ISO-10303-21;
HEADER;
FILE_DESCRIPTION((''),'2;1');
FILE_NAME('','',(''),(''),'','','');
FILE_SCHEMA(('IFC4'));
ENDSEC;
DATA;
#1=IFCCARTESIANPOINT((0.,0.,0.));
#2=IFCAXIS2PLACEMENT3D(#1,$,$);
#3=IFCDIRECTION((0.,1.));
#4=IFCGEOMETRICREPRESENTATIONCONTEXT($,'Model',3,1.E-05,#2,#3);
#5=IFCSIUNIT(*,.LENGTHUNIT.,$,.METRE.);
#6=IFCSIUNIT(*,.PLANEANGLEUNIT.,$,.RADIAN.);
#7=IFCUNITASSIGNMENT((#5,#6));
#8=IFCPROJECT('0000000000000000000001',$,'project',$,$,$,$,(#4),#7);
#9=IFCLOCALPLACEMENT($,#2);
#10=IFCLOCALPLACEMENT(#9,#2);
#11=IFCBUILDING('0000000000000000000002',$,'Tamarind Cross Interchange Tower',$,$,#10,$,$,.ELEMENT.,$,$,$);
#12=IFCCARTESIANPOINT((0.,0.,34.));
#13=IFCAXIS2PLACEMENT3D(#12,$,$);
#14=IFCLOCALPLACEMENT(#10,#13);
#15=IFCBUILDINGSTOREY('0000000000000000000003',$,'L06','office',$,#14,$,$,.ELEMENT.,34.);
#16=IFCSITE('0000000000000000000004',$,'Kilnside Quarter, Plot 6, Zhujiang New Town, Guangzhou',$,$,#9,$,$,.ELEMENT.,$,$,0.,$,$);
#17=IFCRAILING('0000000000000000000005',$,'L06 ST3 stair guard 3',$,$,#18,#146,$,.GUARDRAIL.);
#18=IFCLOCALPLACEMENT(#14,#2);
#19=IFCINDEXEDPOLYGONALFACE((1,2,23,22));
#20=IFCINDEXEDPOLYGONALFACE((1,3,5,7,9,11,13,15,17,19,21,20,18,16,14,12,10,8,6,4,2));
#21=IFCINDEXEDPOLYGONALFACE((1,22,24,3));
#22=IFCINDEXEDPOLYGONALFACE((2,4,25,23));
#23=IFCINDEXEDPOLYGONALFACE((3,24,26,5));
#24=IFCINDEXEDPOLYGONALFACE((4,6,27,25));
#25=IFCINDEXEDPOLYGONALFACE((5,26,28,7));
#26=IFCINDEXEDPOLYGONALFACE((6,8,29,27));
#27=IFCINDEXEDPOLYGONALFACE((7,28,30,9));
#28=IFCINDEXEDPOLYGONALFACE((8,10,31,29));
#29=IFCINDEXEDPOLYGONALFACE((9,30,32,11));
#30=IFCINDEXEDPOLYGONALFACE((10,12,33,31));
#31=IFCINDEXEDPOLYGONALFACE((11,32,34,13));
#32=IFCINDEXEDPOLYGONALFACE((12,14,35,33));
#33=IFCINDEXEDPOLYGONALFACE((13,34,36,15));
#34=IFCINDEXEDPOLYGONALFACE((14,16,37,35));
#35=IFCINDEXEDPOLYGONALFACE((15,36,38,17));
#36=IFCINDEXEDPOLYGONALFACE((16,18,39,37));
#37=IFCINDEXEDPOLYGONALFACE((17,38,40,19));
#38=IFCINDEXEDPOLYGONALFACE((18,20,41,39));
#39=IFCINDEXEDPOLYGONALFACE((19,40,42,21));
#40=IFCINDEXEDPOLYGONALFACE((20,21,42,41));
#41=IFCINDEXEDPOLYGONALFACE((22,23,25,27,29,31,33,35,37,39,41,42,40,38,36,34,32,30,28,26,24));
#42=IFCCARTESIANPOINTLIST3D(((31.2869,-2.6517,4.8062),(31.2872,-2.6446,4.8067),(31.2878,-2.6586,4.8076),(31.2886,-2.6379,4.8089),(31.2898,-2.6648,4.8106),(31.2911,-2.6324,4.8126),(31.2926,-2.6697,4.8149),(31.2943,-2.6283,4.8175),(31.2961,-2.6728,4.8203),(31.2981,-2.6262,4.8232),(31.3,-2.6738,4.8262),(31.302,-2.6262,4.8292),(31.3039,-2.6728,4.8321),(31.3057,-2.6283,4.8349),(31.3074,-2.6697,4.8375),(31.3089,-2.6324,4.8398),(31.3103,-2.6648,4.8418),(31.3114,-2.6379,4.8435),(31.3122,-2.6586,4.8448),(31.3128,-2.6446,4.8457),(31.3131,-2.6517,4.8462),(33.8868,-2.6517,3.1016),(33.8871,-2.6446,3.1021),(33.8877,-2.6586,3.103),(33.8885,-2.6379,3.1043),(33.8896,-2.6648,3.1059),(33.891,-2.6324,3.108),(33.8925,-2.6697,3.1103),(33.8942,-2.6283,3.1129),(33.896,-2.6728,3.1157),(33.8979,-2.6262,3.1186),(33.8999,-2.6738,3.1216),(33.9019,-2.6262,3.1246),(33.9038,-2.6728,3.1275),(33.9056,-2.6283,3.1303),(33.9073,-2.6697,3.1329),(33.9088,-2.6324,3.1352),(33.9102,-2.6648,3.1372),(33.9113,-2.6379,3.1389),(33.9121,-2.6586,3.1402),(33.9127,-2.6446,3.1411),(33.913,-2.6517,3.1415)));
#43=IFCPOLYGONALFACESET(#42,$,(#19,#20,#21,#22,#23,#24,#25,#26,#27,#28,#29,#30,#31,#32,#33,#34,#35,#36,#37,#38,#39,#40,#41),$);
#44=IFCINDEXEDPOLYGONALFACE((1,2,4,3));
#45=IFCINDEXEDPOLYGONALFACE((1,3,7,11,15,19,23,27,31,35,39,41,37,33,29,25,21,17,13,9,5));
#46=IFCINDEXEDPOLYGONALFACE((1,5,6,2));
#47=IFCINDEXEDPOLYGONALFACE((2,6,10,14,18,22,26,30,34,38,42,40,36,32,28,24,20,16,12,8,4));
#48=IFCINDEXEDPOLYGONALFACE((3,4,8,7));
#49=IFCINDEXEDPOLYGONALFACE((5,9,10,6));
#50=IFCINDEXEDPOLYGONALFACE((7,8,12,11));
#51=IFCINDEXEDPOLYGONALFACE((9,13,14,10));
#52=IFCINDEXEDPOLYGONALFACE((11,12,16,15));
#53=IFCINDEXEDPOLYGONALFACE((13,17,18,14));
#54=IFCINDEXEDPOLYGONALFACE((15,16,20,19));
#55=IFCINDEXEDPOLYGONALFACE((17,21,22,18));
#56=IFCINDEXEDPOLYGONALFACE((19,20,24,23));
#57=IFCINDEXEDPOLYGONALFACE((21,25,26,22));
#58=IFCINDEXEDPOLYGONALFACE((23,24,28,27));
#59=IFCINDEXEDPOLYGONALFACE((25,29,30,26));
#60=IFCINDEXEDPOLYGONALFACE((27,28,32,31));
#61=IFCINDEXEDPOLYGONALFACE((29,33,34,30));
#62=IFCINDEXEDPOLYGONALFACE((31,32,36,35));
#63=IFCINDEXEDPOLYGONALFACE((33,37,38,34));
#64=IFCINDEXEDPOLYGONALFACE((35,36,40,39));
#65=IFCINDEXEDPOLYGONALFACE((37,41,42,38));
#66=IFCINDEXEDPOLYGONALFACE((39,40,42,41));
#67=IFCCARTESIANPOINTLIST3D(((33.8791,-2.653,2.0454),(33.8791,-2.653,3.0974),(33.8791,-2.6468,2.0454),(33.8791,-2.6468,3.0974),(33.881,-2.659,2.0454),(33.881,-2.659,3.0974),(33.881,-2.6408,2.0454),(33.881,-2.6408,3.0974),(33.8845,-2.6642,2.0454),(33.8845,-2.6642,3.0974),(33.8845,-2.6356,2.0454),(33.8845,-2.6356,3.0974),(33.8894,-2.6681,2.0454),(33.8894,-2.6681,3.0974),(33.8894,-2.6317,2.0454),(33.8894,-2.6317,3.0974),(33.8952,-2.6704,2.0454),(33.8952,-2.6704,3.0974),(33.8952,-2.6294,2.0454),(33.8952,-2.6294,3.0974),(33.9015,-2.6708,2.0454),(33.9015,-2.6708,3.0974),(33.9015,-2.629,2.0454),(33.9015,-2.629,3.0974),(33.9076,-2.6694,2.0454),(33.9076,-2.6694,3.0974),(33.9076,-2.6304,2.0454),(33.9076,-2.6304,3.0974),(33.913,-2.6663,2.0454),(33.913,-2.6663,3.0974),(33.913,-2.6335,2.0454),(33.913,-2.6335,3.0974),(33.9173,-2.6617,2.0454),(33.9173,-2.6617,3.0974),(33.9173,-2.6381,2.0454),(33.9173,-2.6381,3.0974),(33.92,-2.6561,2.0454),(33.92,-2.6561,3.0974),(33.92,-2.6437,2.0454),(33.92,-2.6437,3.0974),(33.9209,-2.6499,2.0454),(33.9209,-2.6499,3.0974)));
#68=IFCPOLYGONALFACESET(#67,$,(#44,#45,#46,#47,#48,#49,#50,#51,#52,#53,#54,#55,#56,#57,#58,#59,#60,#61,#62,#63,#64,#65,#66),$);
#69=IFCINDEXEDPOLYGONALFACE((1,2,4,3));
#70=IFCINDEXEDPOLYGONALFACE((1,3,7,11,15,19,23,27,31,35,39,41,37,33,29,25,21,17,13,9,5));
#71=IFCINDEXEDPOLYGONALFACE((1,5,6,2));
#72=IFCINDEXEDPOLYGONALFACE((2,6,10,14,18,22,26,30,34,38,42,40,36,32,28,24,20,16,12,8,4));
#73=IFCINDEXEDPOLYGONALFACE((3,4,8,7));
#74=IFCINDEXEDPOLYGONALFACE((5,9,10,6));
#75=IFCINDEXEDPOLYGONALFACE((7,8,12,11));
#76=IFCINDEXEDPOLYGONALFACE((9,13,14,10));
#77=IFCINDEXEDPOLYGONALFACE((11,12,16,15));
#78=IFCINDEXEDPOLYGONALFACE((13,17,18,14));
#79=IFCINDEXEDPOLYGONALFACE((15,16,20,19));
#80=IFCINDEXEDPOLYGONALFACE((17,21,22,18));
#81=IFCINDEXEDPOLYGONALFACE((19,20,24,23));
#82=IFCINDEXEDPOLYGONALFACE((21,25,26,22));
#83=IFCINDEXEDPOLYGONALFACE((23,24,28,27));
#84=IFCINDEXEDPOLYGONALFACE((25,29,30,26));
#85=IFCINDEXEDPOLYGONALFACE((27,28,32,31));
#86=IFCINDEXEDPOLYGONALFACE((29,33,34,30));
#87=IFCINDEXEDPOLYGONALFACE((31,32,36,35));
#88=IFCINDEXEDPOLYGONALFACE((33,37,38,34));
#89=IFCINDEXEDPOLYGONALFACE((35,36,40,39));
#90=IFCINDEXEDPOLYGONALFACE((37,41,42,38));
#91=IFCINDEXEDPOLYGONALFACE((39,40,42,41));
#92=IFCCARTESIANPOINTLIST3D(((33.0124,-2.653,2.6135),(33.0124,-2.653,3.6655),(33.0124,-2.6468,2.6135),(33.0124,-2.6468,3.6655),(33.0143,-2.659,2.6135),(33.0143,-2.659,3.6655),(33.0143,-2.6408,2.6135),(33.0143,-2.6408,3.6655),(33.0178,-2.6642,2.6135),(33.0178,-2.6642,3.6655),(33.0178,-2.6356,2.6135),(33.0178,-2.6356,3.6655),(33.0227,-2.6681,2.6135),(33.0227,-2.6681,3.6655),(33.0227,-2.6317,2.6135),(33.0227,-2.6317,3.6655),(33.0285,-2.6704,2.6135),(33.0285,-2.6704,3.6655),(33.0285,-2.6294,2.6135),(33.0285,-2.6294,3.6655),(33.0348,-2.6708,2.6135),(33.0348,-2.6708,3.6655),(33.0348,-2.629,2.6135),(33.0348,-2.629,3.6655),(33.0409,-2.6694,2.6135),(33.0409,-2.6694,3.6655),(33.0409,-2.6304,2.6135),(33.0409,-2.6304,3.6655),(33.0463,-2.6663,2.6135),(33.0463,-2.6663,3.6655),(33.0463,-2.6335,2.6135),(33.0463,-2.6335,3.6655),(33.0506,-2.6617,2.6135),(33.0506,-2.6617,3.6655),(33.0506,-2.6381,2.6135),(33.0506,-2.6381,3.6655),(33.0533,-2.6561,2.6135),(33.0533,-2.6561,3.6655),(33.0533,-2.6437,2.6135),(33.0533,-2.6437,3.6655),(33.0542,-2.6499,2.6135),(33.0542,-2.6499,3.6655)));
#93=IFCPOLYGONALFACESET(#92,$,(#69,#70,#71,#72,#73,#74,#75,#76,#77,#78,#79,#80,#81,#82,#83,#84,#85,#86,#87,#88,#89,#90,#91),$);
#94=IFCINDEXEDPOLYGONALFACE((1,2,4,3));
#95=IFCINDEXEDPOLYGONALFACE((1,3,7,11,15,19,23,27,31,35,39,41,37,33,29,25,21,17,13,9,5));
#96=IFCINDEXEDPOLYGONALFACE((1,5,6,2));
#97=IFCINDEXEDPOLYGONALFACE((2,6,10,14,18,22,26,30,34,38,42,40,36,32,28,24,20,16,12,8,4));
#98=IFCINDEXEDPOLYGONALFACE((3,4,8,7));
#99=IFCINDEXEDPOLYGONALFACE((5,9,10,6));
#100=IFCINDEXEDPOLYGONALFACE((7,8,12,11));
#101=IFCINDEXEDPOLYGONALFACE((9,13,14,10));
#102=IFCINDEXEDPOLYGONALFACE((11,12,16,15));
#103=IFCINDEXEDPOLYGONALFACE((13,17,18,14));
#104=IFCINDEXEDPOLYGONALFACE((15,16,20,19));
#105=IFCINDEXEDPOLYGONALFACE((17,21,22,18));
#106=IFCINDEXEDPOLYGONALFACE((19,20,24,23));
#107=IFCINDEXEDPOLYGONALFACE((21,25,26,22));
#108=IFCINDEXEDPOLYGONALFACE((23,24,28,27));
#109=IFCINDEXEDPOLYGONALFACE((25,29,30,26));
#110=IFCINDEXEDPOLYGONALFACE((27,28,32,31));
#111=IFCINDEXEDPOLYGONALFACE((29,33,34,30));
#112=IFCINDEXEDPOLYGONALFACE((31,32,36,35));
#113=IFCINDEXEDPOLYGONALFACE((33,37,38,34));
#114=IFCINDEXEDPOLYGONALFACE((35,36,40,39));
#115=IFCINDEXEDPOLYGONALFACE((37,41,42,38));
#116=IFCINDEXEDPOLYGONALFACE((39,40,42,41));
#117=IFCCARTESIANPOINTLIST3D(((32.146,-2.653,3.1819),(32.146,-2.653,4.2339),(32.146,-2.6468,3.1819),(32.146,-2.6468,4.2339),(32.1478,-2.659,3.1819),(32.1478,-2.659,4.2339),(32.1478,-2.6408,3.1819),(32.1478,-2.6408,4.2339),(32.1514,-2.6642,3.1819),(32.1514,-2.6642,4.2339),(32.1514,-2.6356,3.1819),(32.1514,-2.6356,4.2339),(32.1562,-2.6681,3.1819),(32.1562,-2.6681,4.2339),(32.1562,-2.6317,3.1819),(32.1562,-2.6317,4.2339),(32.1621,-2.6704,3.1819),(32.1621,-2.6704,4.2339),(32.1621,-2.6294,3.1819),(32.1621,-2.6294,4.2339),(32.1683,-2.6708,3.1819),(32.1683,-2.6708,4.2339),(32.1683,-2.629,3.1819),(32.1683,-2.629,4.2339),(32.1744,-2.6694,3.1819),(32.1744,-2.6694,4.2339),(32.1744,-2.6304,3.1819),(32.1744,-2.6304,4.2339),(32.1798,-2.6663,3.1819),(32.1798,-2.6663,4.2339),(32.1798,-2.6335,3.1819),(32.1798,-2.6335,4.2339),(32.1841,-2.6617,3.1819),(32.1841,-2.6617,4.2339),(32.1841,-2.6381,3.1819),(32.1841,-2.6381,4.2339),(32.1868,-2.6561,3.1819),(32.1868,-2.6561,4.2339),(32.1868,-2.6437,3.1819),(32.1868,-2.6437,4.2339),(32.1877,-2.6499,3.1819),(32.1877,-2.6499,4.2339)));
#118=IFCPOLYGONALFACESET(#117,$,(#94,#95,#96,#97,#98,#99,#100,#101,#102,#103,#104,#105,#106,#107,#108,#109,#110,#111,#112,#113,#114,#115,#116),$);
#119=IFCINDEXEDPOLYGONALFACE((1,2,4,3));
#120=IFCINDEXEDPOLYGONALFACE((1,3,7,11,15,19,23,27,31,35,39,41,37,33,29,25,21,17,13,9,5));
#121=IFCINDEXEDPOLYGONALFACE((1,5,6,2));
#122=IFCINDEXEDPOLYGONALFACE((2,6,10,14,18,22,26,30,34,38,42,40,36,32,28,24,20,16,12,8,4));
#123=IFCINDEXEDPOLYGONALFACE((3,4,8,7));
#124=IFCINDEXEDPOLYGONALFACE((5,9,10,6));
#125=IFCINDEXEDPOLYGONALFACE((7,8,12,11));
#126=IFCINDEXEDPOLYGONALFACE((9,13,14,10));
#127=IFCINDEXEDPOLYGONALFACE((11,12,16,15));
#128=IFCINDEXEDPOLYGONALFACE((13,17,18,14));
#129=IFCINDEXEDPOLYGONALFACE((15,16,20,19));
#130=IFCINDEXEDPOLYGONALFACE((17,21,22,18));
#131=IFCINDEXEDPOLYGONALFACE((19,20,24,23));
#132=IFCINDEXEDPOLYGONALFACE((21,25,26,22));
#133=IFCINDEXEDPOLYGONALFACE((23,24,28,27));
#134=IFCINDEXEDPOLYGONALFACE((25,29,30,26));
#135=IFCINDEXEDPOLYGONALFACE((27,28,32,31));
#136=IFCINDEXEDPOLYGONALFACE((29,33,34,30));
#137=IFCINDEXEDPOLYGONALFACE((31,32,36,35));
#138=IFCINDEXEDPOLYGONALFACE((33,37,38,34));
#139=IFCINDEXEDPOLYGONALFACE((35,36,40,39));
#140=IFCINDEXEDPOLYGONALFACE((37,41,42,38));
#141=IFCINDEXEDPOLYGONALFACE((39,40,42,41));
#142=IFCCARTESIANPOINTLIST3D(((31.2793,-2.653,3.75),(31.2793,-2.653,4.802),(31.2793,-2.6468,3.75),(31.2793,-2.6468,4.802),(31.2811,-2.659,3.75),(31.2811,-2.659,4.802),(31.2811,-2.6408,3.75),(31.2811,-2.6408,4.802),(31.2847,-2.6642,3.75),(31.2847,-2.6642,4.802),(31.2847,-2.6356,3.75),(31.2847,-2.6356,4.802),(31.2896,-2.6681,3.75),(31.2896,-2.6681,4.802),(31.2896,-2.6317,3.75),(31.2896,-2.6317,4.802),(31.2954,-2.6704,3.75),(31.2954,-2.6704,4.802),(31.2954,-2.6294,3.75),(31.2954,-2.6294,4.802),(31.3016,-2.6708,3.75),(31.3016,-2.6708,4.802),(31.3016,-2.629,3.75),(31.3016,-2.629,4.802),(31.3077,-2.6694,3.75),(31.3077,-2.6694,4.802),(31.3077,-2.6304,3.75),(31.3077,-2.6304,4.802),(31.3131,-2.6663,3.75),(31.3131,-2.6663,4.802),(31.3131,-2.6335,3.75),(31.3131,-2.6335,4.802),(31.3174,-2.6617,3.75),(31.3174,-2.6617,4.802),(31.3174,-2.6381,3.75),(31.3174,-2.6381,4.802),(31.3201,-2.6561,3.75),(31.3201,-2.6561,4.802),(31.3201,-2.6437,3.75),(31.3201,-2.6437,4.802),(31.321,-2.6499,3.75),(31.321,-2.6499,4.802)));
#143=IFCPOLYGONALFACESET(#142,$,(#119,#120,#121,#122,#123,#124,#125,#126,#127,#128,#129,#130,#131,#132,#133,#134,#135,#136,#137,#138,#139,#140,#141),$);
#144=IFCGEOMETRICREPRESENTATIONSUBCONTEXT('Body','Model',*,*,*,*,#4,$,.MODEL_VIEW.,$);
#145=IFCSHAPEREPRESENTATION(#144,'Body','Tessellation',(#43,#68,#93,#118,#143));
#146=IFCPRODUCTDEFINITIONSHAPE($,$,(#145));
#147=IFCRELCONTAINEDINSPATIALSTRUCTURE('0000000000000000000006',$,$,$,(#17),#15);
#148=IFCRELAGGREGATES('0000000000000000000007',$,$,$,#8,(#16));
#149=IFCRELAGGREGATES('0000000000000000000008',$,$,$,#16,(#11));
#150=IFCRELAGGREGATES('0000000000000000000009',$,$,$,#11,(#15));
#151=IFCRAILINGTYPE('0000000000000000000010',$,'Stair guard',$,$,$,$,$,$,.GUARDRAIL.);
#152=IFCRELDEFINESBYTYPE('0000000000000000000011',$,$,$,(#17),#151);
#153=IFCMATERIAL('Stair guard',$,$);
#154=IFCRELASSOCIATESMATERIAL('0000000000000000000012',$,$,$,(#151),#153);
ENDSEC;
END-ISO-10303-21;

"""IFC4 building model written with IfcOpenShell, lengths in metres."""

from ifc_helpers import new_model, si_unit, direction, frame, origin, origin_2d, place, context, subcontext, project, spatial, circle, extrude, material, type_object, element, save


model = new_model("IFC4")

# Units and contexts
model_context = context("Model", 3, precision=1e-05, world=origin(), true_north=direction((0.0, 1.0)))
body_context = subcontext(model_context, "Body", "Model", "MODEL_VIEW")
ifc_project = project(units=[si_unit("LENGTHUNIT", "METRE"), si_unit("PLANEANGLEUNIT", "RADIAN")], contexts=[model_context])

# Site, building, storey
site_placement = place(None, origin())
site = spatial("IfcSite", under=ifc_project, at=site_placement, Name="Kilnside Quarter, Plot 6, Zhujiang New Town, Guangzhou", CompositionType="ELEMENT", RefElevation=0.0)
building_placement = place(site_placement, origin())
building = spatial("IfcBuilding", under=site, at=building_placement, Name="Tamarind Cross Interchange Tower", CompositionType="ELEMENT")
storey_placement = place(building_placement, frame((0.0, 0.0, 34.0)))
storey = spatial("IfcBuildingStorey", under=building, at=storey_placement, Name="L06", Description="office", CompositionType="ELEMENT", Elevation=34.0)

# Railing
ifc_material_1 = material(Name="Stair guard")
railing_type_1 = type_object("IfcRailingType", Name="Stair guard", PredefinedType="GUARDRAIL", material=ifc_material_1)
railing_1_placement = place(storey_placement, frame((33.8999, -2.6499, 2.0454)))
element("IfcRailing", 1, at=railing_1_placement, inside=storey, type_object=railing_type_1, Name="L06 ST3 stair guard 3", PredefinedType="GUARDRAIL", context=body_context, shape_type="SweptSolid", body=[
    extrude(circle(Radius=0.0239, at=origin_2d()), frame((0.0, 0.0, 1.0762), z_axis=(-0.836279, 0.0, 0.548305), x_axis=(0.0, -1.0, 0.0)), (0.0, 0.0, 1.0), 3.1089),
    extrude(circle(Radius=0.021, at=origin_2d()), origin(), (0.0, 0.0, 1.0), 1.052),
    extrude(circle(Radius=0.021, at=origin_2d()), frame((-0.8667, 0.0, 0.5681)), (0.0, 0.0, 1.0), 1.052),
    extrude(circle(Radius=0.021, at=origin_2d()), frame((-1.7332, 0.0, 1.1365)), (0.0, 0.0, 1.0), 1.052),
    extrude(circle(Radius=0.021, at=origin_2d()), frame((-2.5999, 0.0, 1.7046)), (0.0, 0.0, 1.0), 1.052),
])

save(model, "model.ifc")
